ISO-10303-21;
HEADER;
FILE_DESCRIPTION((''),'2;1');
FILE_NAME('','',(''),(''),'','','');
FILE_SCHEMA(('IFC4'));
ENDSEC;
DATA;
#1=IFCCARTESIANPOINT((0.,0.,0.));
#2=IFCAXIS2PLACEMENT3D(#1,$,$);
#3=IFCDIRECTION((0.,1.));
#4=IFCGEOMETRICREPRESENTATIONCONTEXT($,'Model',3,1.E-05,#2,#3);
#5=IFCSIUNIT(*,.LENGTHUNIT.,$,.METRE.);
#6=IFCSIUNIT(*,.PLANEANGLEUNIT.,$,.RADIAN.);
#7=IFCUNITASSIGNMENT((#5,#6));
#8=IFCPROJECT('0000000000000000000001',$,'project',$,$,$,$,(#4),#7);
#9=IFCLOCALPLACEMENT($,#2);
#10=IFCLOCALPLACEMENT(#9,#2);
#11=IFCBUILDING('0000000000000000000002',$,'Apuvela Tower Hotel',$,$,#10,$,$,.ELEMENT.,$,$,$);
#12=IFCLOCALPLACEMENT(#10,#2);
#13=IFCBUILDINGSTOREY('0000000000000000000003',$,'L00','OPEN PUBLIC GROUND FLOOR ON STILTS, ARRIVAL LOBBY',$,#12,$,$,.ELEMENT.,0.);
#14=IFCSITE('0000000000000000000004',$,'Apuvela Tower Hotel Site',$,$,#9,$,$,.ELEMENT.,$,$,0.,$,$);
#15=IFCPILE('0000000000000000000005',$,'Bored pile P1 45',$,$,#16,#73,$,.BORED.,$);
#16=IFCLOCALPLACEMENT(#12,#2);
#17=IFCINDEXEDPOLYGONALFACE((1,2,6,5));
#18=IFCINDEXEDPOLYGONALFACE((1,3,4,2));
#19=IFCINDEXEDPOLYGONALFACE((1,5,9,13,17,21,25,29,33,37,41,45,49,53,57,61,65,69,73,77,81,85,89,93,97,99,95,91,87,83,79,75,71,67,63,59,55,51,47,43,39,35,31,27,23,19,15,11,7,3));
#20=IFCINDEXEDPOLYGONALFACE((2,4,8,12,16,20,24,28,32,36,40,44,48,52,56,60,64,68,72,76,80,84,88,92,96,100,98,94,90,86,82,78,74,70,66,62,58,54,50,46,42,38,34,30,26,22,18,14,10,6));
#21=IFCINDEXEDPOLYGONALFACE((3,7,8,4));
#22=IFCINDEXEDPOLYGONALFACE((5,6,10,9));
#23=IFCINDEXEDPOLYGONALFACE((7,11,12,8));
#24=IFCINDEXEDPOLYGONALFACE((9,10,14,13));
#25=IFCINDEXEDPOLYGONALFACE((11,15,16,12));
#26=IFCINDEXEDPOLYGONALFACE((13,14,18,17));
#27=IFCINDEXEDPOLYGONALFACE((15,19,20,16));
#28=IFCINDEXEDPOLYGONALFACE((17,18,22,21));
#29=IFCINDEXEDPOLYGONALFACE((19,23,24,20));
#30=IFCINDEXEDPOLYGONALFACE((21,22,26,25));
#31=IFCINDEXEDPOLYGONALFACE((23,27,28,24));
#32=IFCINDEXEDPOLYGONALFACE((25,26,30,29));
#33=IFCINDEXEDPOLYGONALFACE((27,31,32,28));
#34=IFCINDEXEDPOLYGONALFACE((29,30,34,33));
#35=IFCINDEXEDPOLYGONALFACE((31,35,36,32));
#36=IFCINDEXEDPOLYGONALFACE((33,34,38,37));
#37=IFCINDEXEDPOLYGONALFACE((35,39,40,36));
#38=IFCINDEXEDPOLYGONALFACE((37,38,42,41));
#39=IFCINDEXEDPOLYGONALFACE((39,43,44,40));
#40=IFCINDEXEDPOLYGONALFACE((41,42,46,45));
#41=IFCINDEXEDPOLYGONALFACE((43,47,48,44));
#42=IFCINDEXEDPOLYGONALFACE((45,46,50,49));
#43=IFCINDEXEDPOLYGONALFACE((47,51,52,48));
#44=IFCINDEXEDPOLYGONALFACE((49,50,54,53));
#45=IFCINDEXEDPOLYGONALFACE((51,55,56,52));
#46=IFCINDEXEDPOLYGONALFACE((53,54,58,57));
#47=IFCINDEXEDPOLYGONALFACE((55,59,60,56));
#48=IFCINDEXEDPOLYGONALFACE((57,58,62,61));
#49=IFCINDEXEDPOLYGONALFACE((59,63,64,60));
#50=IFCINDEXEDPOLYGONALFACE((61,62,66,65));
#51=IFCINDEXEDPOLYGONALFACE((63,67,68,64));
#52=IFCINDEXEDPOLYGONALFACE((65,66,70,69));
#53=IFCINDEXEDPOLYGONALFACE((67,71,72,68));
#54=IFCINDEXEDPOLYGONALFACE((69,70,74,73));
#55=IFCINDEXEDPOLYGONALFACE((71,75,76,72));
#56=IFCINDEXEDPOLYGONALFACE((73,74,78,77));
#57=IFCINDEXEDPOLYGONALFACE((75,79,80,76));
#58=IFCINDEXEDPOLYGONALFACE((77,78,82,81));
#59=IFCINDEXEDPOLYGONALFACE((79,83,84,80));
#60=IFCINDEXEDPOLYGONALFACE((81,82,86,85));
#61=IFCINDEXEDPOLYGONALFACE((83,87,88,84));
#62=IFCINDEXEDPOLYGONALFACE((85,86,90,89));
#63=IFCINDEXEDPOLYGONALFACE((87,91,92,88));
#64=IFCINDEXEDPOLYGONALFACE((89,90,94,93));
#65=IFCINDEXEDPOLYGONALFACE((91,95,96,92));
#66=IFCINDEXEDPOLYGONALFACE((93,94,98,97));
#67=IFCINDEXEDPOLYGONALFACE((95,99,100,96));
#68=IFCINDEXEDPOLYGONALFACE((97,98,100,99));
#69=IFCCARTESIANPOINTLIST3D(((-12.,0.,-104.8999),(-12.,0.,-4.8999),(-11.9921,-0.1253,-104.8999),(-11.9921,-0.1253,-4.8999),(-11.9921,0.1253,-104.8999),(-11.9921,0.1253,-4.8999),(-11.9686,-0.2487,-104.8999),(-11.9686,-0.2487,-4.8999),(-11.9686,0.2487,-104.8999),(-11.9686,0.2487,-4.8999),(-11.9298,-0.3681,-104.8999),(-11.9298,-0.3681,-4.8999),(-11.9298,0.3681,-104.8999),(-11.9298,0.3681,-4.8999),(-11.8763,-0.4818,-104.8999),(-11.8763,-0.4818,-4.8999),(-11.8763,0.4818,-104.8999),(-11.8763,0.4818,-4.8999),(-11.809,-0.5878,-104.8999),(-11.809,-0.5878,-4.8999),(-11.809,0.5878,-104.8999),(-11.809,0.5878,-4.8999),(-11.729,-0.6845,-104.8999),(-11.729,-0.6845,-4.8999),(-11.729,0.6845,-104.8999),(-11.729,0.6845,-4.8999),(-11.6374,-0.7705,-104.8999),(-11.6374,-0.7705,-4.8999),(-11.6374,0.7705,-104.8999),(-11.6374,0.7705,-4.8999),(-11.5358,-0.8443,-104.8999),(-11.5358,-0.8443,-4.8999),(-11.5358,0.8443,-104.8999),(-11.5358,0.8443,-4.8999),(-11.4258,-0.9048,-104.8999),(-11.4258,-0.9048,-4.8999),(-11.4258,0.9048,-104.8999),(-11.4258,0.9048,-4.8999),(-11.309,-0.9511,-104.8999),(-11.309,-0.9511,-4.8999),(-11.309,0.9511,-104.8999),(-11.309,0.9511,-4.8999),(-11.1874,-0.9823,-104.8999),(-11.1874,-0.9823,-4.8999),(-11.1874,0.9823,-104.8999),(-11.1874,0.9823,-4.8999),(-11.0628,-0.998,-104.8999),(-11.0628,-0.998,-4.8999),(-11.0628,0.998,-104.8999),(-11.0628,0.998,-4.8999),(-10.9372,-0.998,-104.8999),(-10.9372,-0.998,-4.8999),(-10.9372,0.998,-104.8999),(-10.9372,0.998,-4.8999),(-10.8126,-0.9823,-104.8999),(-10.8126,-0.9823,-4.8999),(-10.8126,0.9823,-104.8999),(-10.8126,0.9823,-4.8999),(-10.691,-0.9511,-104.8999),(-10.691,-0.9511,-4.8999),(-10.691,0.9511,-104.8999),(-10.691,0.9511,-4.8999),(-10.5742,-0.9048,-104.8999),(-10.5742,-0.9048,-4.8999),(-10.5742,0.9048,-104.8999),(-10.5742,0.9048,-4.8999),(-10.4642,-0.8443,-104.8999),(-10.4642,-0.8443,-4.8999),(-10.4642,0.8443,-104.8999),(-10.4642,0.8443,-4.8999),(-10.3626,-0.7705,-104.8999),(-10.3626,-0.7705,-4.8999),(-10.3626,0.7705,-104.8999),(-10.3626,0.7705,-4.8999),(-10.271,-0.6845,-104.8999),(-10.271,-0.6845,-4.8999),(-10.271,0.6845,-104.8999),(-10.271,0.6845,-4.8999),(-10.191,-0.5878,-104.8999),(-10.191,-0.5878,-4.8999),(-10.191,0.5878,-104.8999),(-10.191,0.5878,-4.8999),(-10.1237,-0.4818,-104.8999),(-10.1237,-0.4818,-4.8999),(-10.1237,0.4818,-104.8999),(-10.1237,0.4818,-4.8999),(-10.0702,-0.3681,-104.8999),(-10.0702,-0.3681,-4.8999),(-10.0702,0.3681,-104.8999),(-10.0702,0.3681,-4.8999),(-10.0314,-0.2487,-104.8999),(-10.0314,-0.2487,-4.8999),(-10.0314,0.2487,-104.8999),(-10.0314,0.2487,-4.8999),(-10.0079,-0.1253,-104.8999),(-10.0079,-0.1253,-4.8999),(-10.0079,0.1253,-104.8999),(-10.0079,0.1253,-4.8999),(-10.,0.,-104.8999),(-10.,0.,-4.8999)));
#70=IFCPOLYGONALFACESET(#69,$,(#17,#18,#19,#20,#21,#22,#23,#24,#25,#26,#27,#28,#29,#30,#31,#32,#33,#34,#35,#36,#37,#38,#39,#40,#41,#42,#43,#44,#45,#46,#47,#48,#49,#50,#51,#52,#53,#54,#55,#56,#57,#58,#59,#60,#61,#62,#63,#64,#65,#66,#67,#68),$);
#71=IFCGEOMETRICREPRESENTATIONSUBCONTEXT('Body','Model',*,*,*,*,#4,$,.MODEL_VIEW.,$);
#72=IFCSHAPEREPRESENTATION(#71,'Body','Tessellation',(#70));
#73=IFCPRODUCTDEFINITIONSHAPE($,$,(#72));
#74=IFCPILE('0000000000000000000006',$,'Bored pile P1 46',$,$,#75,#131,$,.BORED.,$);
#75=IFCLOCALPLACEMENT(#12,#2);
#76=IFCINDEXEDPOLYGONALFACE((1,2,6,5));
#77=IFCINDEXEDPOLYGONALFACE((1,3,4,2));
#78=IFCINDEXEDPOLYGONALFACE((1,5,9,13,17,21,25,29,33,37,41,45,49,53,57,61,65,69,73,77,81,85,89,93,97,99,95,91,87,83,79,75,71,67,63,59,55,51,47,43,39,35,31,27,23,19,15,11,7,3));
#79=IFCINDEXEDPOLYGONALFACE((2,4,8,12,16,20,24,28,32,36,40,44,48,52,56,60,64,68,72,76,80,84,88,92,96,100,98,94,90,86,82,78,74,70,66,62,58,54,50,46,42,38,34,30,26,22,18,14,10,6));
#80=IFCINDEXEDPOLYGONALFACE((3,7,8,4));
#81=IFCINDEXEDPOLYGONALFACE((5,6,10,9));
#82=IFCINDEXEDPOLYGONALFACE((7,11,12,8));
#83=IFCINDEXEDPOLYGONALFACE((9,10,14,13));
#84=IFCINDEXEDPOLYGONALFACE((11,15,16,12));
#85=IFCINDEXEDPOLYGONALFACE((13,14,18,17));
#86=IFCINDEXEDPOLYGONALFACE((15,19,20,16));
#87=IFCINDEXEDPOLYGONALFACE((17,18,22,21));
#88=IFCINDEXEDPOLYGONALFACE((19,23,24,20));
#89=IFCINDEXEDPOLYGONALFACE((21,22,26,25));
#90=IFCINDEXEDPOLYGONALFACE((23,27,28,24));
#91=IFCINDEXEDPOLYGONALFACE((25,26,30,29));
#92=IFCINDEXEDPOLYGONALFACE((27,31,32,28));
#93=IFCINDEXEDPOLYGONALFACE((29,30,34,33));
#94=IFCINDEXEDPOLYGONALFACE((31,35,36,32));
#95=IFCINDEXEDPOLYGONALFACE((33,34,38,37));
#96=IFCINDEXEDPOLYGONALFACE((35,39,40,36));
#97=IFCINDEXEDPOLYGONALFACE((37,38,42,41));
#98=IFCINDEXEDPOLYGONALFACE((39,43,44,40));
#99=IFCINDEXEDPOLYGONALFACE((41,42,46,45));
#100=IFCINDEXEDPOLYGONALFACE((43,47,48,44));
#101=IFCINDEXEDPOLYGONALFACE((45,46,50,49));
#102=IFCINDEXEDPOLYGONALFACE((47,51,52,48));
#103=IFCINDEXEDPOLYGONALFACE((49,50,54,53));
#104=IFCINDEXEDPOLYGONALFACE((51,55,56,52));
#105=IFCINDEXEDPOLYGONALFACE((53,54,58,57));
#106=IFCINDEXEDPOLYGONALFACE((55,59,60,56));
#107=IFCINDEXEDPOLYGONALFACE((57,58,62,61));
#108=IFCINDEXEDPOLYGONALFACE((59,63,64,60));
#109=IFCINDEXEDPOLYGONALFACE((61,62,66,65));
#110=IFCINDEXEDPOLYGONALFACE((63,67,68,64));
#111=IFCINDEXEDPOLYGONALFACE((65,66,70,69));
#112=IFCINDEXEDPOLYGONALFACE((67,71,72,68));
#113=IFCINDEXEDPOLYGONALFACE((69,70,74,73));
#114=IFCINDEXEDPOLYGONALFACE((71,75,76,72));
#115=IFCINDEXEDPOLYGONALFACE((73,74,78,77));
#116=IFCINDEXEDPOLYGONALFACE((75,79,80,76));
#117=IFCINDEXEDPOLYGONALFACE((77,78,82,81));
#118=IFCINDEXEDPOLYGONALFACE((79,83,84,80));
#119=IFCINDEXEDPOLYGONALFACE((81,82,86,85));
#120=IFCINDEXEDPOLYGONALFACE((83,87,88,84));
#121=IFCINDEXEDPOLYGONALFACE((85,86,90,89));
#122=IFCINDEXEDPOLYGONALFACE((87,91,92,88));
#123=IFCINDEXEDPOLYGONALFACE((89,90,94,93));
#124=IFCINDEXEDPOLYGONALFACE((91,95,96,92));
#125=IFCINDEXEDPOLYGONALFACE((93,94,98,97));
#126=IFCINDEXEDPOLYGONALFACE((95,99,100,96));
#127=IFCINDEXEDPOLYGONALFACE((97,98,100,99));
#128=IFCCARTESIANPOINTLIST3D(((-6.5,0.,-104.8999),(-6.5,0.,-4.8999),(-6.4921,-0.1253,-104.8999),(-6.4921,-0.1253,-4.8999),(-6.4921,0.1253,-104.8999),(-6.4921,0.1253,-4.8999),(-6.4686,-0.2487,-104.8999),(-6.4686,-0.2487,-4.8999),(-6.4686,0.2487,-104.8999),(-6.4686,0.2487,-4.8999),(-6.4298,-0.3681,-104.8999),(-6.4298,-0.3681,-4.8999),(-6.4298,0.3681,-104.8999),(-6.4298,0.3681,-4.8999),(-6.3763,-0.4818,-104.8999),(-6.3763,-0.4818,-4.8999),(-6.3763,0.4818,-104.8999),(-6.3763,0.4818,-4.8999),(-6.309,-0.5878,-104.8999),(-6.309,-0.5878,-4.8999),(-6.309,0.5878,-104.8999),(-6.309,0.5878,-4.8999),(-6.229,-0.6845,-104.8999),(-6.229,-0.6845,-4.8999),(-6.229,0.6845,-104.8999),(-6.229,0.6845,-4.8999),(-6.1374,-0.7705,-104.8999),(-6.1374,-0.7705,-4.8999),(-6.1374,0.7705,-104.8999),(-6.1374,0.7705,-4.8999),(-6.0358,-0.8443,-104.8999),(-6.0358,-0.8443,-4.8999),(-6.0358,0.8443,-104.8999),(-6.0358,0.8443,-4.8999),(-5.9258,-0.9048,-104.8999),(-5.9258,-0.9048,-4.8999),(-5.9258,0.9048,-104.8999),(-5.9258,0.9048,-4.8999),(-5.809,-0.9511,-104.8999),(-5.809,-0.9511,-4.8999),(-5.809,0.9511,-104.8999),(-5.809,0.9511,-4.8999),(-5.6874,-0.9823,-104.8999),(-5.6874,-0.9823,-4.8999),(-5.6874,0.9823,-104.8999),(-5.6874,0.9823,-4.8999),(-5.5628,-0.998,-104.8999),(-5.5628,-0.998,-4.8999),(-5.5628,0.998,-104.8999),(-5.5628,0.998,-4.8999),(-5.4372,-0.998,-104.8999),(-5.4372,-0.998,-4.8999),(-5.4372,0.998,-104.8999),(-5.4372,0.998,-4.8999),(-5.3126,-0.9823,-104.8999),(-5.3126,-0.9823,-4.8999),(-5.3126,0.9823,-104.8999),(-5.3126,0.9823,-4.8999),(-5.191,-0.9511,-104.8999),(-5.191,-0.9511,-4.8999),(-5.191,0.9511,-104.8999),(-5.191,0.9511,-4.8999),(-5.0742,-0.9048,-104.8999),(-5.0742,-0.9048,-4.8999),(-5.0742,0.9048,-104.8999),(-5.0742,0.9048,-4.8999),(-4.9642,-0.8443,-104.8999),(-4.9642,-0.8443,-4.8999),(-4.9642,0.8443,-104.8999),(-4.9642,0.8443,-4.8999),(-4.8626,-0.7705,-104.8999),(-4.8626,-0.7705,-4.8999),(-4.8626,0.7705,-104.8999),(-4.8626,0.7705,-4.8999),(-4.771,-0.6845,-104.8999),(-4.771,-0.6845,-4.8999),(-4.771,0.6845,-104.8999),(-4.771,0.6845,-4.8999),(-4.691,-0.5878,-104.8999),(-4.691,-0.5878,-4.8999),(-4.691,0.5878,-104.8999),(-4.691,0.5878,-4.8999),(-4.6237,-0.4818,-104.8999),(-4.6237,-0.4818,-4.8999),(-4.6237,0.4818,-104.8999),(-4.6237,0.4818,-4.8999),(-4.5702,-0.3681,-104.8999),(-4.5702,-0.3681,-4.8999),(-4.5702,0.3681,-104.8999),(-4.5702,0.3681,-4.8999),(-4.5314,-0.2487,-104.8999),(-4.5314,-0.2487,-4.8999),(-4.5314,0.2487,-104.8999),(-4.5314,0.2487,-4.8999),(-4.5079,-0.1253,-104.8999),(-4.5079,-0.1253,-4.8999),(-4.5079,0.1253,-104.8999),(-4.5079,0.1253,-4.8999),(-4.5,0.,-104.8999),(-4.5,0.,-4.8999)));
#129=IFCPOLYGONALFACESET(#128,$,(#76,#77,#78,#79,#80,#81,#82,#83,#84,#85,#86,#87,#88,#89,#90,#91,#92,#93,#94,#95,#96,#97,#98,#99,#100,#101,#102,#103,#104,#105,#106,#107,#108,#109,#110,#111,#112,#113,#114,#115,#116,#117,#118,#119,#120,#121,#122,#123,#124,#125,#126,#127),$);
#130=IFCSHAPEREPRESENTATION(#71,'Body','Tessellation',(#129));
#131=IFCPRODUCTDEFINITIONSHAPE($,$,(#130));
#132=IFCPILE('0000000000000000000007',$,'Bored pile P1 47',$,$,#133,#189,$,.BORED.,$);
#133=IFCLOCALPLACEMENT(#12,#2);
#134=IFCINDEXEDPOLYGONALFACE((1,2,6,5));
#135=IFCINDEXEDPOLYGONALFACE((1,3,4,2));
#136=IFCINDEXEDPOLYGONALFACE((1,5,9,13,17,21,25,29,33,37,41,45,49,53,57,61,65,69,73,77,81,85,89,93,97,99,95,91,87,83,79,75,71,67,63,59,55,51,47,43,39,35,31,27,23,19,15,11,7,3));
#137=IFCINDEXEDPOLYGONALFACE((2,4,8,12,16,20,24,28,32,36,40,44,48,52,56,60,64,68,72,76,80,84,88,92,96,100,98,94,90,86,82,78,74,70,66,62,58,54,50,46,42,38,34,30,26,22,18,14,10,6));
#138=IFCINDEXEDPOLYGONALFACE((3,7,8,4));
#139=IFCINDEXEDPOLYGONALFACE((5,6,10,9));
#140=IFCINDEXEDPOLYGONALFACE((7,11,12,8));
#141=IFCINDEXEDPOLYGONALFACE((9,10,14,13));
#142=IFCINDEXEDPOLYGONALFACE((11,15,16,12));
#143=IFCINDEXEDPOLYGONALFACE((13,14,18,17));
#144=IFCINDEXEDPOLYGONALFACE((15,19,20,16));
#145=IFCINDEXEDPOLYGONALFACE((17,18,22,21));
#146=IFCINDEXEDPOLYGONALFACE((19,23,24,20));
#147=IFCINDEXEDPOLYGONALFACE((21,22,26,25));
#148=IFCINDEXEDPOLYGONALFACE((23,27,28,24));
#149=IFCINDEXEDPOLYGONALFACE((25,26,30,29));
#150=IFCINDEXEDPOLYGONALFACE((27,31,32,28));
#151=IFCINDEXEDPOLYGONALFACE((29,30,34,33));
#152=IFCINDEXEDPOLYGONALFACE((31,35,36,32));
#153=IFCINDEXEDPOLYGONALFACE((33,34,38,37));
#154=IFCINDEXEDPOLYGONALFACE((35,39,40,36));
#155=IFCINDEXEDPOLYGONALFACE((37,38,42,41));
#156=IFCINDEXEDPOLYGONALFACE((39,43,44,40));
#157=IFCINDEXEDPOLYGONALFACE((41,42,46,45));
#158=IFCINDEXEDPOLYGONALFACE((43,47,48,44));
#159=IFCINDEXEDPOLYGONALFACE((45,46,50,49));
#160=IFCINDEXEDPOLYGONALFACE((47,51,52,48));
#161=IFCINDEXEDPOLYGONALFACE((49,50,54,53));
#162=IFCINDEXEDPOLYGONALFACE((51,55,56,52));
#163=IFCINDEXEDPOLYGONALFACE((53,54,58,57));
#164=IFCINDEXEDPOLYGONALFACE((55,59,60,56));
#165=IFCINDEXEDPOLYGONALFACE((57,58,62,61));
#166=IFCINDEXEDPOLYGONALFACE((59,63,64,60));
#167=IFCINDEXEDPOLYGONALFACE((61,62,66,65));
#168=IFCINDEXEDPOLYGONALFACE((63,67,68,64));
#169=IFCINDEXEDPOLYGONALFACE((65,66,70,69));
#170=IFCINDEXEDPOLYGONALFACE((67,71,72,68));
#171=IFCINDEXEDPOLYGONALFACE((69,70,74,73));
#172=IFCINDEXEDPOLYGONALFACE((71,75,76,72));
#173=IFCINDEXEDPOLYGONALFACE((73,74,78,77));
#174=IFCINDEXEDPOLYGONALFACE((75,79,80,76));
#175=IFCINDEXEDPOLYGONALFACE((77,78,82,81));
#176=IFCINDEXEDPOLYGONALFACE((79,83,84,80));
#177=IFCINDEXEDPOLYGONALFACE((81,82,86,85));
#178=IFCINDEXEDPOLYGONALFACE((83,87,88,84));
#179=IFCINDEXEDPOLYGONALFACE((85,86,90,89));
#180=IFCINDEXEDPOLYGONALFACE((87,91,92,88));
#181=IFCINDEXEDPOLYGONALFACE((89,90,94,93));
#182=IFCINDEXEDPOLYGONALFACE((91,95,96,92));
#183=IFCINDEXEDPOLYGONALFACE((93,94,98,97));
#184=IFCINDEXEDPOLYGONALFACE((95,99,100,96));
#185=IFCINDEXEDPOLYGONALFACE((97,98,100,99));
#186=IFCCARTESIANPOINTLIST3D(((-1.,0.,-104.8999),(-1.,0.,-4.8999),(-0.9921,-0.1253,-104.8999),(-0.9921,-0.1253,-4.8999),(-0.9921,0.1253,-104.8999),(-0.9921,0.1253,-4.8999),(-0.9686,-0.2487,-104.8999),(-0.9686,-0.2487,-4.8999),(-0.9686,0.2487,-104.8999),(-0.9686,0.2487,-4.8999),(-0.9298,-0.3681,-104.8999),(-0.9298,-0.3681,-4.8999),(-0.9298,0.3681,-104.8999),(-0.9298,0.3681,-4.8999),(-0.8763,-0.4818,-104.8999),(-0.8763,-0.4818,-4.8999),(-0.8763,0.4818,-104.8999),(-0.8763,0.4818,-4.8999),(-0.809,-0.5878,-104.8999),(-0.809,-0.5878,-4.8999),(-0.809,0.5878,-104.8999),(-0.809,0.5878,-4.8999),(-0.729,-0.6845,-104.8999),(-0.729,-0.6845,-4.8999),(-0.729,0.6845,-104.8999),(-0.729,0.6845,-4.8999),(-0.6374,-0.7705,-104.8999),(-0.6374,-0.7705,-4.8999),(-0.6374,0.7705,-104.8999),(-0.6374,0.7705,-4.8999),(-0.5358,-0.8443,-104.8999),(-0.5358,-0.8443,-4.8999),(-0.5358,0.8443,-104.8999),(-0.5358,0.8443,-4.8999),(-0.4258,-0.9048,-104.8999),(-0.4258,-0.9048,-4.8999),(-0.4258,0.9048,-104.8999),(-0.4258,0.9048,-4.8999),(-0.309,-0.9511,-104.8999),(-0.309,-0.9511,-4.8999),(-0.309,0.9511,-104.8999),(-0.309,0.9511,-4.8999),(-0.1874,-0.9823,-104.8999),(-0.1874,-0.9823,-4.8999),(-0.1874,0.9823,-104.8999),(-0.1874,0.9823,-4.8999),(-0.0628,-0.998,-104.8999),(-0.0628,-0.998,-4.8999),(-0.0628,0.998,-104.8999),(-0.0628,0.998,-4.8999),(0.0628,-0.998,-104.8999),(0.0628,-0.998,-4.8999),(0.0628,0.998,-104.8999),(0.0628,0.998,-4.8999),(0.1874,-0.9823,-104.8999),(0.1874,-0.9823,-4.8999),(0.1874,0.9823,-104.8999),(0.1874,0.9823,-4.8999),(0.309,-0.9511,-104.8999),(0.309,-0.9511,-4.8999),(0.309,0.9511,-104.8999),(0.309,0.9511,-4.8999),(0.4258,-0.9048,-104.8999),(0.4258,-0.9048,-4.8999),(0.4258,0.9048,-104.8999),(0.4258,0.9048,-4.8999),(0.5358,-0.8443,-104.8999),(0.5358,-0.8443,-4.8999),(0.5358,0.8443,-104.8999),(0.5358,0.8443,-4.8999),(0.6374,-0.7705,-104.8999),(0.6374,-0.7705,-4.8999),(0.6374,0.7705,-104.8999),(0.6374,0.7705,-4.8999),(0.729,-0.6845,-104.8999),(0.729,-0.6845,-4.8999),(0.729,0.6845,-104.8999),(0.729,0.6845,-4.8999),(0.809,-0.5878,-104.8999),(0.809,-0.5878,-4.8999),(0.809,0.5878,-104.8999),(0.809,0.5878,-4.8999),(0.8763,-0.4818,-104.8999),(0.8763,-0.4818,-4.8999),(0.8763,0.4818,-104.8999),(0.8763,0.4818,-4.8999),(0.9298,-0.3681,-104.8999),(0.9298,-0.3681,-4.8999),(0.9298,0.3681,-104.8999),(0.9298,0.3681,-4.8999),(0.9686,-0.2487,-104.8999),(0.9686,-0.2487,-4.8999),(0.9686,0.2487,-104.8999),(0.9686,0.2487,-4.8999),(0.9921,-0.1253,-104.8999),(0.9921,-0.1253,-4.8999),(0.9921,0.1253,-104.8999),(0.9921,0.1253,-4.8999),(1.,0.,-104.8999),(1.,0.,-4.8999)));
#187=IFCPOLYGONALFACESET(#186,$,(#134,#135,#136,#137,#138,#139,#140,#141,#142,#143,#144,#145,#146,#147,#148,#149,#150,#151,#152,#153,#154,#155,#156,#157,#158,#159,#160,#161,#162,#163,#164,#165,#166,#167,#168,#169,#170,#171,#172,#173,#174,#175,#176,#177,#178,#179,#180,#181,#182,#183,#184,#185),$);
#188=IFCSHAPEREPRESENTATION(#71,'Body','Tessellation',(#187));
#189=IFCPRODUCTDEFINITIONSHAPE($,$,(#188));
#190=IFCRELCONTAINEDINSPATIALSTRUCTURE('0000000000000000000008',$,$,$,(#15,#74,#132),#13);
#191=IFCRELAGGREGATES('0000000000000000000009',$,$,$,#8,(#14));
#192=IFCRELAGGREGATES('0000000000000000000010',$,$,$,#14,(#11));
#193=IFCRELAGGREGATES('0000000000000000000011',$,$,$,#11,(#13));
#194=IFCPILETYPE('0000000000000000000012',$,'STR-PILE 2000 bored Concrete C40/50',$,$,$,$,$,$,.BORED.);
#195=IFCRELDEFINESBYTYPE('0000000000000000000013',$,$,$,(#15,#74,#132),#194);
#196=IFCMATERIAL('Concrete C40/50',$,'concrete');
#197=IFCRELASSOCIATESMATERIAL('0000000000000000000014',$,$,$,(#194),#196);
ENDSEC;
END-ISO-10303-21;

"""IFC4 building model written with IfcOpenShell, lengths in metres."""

from ifc_helpers import new_model, si_unit, direction, frame, origin, origin_2d, place, context, subcontext, project, spatial, circle, extrude, material, material_profile, profile_set, type_object, element, save


model = new_model("IFC4")

# Units and contexts
model_context = context("Model", 3, precision=1e-05, world=origin(), true_north=direction((0.0, 1.0)))
body_context = subcontext(model_context, "Body", "Model", "MODEL_VIEW")
ifc_project = project(units=[si_unit("LENGTHUNIT", "METRE"), si_unit("PLANEANGLEUNIT", "RADIAN")], contexts=[model_context])

# Site, building, storey
site_placement = place(None, origin())
site = spatial("IfcSite", under=ifc_project, at=site_placement, Name="Apuvela Tower Hotel Site", CompositionType="ELEMENT", RefElevation=0.0)
building_placement = place(site_placement, origin())
building = spatial("IfcBuilding", under=site, at=building_placement, Name="Apuvela Tower Hotel", CompositionType="ELEMENT")
storey_placement = place(building_placement, origin())
storey = spatial("IfcBuildingStorey", under=building, at=storey_placement, Name="L00", Description="OPEN PUBLIC GROUND FLOOR ON STILTS, ARRIVAL LOBBY", CompositionType="ELEMENT", Elevation=0.0)

# Piles
ifc_material_1 = material(Name="Concrete C40/50", Category="concrete")
ifc_material_profile_1 = material_profile(ifc_material_1, circle(Radius=1.0, at=origin_2d()), Name="PILE 2000")
ifc_profile_set_1 = profile_set([ifc_material_profile_1], Name="Concrete C40/50")
pile_type = type_object("IfcPileType", Name="STR-PILE 2000 bored Concrete C40/50", PredefinedType="BORED", material=ifc_profile_set_1)
for number, where, z_axis, x_axis, name in (
    (1, (-11.0, 0.0, -4.8999), (0.0, 0.0, -1.0), (1.0, 0.0, 0.0), "Bored pile P1 45"),
    (2, (-5.5, 0.0, -4.8999), (0.0, 0.0, -1.0), (1.0, 0.0, 0.0), "Bored pile P1 46"),
    (3, (0.0, 0.0, -4.8999), (0.0, 0.0, -1.0), (1.0, 0.0, 0.0), "Bored pile P1 47"),
):
    element("IfcPile", number, at=place(storey_placement, frame(where, z_axis=z_axis, x_axis=x_axis)), inside=storey, type_object=pile_type, Name=name, PredefinedType="BORED", context=body_context, shape_type="SweptSolid", body=[
        extrude(circle(Radius=1.0, at=origin_2d()), origin(), (0.0, 0.0, 1.0), 100.0),
    ])

save(model, "model.ifc")
